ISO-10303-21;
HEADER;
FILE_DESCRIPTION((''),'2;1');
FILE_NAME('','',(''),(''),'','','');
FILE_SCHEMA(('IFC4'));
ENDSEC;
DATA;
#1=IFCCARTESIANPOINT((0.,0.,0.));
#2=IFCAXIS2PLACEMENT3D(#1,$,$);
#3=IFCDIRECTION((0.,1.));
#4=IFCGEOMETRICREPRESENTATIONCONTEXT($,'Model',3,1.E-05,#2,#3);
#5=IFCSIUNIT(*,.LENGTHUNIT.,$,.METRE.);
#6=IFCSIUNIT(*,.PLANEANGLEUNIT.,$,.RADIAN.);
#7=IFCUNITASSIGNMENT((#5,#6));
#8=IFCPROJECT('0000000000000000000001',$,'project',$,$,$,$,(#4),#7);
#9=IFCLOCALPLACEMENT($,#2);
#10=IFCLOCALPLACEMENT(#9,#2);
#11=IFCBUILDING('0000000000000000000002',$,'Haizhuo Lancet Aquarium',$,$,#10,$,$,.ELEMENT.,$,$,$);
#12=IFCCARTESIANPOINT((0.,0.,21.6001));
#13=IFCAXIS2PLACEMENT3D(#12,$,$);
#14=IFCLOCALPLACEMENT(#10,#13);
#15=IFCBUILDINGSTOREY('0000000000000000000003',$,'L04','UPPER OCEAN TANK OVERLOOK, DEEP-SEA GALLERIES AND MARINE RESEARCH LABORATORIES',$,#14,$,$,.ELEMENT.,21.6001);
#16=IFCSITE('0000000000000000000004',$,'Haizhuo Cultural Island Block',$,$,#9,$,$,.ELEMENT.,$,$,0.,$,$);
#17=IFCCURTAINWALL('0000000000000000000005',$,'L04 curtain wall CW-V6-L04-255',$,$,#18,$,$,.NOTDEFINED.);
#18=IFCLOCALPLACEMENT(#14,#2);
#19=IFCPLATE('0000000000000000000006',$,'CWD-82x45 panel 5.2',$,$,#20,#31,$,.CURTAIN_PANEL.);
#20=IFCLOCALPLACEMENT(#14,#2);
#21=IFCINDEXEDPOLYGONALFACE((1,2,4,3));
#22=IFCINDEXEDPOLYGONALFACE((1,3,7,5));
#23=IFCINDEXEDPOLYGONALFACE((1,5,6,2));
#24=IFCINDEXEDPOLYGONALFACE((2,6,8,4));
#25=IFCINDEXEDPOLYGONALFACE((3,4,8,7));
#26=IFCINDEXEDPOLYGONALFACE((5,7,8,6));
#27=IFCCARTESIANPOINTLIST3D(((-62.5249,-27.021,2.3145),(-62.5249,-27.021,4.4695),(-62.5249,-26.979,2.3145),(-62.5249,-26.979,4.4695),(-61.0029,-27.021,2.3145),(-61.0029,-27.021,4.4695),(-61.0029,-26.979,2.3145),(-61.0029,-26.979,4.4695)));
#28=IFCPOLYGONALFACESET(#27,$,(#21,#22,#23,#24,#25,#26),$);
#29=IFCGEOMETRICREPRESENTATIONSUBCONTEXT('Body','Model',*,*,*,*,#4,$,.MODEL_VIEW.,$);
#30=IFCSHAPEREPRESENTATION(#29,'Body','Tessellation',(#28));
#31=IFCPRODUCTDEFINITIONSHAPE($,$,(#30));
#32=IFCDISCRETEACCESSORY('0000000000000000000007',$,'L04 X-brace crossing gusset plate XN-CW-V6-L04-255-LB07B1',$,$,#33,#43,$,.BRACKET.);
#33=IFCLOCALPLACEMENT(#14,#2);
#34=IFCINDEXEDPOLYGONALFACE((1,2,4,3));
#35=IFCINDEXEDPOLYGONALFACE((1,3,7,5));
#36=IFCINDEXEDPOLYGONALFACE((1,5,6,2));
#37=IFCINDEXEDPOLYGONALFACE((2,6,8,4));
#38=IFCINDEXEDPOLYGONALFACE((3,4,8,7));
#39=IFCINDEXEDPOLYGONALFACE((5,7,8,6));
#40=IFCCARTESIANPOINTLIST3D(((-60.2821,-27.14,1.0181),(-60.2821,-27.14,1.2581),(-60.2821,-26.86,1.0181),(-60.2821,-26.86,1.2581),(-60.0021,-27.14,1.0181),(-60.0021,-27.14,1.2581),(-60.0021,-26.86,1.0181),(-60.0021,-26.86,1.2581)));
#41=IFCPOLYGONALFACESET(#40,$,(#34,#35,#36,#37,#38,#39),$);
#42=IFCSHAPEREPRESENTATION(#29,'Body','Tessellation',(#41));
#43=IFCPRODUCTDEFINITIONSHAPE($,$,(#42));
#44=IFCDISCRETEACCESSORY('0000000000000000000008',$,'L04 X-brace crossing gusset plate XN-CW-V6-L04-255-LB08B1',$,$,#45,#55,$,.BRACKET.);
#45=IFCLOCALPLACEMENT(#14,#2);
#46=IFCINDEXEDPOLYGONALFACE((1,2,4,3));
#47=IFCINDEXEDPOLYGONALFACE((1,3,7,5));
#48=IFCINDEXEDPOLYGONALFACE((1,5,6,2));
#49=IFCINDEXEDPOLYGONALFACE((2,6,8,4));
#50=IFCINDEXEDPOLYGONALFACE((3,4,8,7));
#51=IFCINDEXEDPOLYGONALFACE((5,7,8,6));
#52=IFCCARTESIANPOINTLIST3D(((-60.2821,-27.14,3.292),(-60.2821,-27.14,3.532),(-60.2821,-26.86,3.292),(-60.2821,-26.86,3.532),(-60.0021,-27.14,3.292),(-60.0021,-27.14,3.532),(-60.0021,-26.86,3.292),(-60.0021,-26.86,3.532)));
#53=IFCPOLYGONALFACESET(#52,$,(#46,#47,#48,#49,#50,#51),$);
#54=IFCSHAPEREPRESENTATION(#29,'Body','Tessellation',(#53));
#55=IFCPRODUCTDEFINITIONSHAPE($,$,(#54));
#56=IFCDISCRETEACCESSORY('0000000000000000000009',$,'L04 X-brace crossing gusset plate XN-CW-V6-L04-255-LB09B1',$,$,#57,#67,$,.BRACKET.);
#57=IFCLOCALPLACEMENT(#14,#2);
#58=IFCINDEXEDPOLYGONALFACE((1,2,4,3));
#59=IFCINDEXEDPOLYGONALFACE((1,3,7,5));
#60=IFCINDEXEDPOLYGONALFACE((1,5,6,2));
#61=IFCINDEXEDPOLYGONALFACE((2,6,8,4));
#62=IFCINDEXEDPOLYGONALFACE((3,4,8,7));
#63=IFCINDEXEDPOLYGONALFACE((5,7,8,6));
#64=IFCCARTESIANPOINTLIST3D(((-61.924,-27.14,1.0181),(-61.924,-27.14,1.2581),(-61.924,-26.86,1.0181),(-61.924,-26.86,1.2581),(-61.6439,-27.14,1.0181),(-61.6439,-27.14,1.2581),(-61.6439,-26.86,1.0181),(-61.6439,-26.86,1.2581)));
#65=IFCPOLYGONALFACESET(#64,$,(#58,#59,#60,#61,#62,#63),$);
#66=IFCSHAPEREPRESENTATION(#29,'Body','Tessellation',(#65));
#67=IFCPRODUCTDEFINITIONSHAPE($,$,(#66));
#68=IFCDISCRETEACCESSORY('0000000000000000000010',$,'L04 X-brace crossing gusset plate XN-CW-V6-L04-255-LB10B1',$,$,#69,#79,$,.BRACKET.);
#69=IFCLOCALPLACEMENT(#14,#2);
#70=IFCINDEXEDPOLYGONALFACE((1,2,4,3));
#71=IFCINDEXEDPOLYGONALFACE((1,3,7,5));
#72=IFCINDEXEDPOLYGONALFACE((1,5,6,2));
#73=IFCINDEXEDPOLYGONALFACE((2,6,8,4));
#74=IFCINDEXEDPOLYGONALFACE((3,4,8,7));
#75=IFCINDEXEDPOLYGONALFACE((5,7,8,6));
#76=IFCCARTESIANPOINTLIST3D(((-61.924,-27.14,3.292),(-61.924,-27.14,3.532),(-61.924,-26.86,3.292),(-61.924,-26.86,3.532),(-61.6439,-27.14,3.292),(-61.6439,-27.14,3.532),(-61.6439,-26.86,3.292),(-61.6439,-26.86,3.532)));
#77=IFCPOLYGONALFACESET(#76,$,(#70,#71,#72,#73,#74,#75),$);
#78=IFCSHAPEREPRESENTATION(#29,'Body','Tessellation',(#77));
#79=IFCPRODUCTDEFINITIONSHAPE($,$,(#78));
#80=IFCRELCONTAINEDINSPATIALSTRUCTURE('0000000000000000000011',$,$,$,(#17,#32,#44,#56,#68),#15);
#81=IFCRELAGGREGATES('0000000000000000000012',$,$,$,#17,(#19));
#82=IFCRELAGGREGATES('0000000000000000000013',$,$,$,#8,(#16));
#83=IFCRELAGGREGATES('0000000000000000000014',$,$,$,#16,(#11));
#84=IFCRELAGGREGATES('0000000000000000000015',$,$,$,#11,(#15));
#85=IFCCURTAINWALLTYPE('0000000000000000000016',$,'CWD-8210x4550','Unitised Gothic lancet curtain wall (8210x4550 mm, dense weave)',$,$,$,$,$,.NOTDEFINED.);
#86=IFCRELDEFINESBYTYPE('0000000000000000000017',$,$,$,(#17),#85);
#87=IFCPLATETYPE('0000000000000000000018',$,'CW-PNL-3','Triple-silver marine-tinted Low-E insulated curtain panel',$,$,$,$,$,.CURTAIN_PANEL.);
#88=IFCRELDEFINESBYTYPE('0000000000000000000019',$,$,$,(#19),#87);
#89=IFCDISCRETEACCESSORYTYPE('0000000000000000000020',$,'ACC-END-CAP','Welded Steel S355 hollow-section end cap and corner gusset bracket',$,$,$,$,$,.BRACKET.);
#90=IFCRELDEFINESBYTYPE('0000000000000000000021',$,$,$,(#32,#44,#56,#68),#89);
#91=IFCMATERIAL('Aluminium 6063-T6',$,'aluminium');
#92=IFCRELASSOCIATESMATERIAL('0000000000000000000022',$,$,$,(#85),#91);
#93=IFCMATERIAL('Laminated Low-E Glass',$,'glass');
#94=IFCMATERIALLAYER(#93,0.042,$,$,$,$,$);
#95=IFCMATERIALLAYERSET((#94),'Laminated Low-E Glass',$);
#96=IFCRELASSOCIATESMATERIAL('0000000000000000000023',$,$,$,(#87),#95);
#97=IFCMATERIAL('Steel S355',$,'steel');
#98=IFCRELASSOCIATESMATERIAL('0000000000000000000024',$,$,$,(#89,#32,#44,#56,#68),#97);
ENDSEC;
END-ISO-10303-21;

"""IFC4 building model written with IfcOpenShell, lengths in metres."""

from ifc_helpers import new_model, si_unit, direction, frame, origin, origin_2d, place, context, subcontext, project, spatial, rectangle, extrude, material, layer, layer_set, type_object, element, aggregate, save


model = new_model("IFC4")

# Units and contexts
model_context = context("Model", 3, precision=1e-05, world=origin(), true_north=direction((0.0, 1.0)))
body_context = subcontext(model_context, "Body", "Model", "MODEL_VIEW")
ifc_project = project(units=[si_unit("LENGTHUNIT", "METRE"), si_unit("PLANEANGLEUNIT", "RADIAN")], contexts=[model_context])

# Site, building, storey
site_placement = place(None, origin())
site = spatial("IfcSite", under=ifc_project, at=site_placement, Name="Haizhuo Cultural Island Block", CompositionType="ELEMENT", RefElevation=0.0)
building_placement = place(site_placement, origin())
building = spatial("IfcBuilding", under=site, at=building_placement, Name="Haizhuo Lancet Aquarium", CompositionType="ELEMENT")
storey_placement = place(building_placement, frame((0.0, 0.0, 21.6001)))
storey = spatial("IfcBuildingStorey", under=building, at=storey_placement, Name="L04", Description="UPPER OCEAN TANK OVERLOOK, DEEP-SEA GALLERIES AND MARINE RESEARCH LABORATORIES", CompositionType="ELEMENT", Elevation=21.6001)

# Curtain wall
ifc_material_1 = material(Name="Aluminium 6063-T6", Category="aluminium")
curtain_wall_type = type_object("IfcCurtainWallType", Name="CWD-8210x4550", Description="Unitised Gothic lancet curtain wall (8210x4550 mm, dense weave)", PredefinedType="NOTDEFINED", material=ifc_material_1)
curtain_wall_placement = place(storey_placement, origin())
curtain_wall = element("IfcCurtainWall", 1, at=curtain_wall_placement, inside=storey, type_object=curtain_wall_type, Name="L04 curtain wall CW-V6-L04-255", PredefinedType="NOTDEFINED")

# Shared definitions
ifc_material_2 = material(Name="Steel S355", Category="steel")

# Plate
ifc_material_3 = material(Name="Laminated Low-E Glass", Category="glass")
ifc_layer = layer(ifc_material_3, 0.042)
ifc_layer_set = layer_set([ifc_layer], Name="Laminated Low-E Glass")
plate_type = type_object("IfcPlateType", Name="CW-PNL-3", Description="Triple-silver marine-tinted Low-E insulated curtain panel", PredefinedType="CURTAIN_PANEL", material=ifc_layer_set)
plate_1_placement = place(storey_placement, frame((-61.7639, -27.0, 2.3145), z_axis=(0.0, 0.0, 1.0), x_axis=(-1.0, 0.0, 0.0)))
plate_1 = element("IfcPlate", 2, at=plate_1_placement, type_object=plate_type, Name="CWD-82x45 panel 5.2", PredefinedType="CURTAIN_PANEL", context=body_context, shape_type="SweptSolid", body=[
    extrude(rectangle(XDim=1.522, YDim=0.042, at=origin_2d()), origin(), (0.0, 0.0, 1.0), 2.155),
])
aggregate(curtain_wall, [plate_1])

# Discrete accessories
discrete_accessory_type = type_object("IfcDiscreteAccessoryType", Name="ACC-END-CAP", Description="Welded Steel S355 hollow-section end cap and corner gusset bracket", PredefinedType="BRACKET", material=ifc_material_2)
for number, where, z_axis, x_axis, name in (
    (3, (-60.1421, -27.0, 1.0181), (0.0, 0.0, 1.0), (1.0, 0.0, 0.0), "L04 X-brace crossing gusset plate XN-CW-V6-L04-255-LB07B1"),
    (4, (-60.1421, -27.0, 3.292), (0.0, 0.0, 1.0), (1.0, 0.0, 0.0), "L04 X-brace crossing gusset plate XN-CW-V6-L04-255-LB08B1"),
    (5, (-61.7839, -27.0, 1.0181), (0.0, 0.0, 1.0), (1.0, 0.0, 0.0), "L04 X-brace crossing gusset plate XN-CW-V6-L04-255-LB09B1"),
    (6, (-61.7839, -27.0, 3.292), (0.0, 0.0, 1.0), (1.0, 0.0, 0.0), "L04 X-brace crossing gusset plate XN-CW-V6-L04-255-LB10B1"),
):
    element("IfcDiscreteAccessory", number, at=place(storey_placement, frame(where, z_axis=z_axis, x_axis=x_axis)), inside=storey, type_object=discrete_accessory_type, material=ifc_material_2, Name=name, PredefinedType="BRACKET", context=body_context, shape_type="SweptSolid", body=[
        extrude(rectangle(XDim=0.28, YDim=0.28, at=origin_2d()), origin(), (0.0, 0.0, 1.0), 0.24),
    ])

save(model, "model.ifc")
